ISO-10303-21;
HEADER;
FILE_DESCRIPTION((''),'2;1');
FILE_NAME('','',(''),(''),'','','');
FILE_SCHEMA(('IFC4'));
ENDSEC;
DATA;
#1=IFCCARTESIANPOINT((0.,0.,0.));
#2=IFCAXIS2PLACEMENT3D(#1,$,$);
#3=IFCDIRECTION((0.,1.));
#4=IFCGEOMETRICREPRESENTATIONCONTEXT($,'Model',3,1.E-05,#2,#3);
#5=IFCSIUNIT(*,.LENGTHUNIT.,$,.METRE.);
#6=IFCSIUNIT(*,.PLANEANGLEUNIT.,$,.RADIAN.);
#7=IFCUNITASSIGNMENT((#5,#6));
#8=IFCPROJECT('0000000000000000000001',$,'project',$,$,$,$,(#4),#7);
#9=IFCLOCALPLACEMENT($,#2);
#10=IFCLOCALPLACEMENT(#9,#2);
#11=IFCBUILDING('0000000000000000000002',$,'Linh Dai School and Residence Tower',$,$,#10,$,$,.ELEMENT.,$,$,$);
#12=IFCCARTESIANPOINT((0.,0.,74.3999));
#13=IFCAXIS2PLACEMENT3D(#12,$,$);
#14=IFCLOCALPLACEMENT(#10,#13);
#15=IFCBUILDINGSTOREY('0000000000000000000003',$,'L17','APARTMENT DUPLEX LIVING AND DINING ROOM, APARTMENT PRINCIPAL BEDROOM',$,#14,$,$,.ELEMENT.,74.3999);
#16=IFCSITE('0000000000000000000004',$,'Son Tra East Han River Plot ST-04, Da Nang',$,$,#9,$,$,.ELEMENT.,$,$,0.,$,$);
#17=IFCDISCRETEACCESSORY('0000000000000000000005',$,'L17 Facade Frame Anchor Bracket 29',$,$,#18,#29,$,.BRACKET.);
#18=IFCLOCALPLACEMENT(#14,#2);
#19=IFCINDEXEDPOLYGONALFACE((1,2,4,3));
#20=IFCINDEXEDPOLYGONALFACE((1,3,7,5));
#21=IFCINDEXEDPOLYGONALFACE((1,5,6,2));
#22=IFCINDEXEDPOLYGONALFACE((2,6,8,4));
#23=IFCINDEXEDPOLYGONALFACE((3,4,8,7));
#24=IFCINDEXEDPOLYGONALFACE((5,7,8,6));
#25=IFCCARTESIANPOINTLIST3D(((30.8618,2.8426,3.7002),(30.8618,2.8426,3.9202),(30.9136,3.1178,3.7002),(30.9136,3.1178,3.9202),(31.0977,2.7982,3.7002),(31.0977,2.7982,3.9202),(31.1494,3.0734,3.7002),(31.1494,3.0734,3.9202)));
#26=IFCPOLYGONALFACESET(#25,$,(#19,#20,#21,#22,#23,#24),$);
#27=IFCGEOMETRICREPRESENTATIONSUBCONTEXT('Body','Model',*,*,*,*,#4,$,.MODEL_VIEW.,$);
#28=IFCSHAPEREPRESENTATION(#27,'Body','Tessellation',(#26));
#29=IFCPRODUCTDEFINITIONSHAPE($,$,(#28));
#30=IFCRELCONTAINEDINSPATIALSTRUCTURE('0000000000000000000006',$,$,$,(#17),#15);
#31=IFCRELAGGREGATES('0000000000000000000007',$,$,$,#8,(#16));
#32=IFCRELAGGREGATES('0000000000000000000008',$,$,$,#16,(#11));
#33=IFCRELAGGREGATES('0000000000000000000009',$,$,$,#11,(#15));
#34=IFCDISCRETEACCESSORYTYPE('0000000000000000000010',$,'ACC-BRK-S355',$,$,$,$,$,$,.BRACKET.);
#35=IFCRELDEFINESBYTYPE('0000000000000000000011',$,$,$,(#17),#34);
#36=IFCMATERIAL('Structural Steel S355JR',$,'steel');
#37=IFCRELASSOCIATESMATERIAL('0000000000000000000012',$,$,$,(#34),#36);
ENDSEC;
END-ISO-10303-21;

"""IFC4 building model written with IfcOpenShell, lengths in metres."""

from ifc_helpers import new_model, si_unit, direction, frame, origin, origin_2d, place, context, subcontext, project, spatial, rectangle, extrude, source, transform, mapped, material, type_object, element, save


model = new_model("IFC4")

# Units and contexts
model_context = context("Model", 3, precision=1e-05, world=origin(), true_north=direction((0.0, 1.0)))
body_context = subcontext(model_context, "Body", "Model", "MODEL_VIEW")
ifc_project = project(units=[si_unit("LENGTHUNIT", "METRE"), si_unit("PLANEANGLEUNIT", "RADIAN")], contexts=[model_context])

# Site, building, storey
site_placement = place(None, origin())
site = spatial("IfcSite", under=ifc_project, at=site_placement, Name="Son Tra East Han River Plot ST-04, Da Nang", CompositionType="ELEMENT", RefElevation=0.0)
building_placement = place(site_placement, origin())
building = spatial("IfcBuilding", under=site, at=building_placement, Name="Linh Dai School and Residence Tower", CompositionType="ELEMENT")
storey_placement = place(building_placement, frame((0.0, 0.0, 74.3999)))
storey = spatial("IfcBuildingStorey", under=building, at=storey_placement, Name="L17", Description="APARTMENT DUPLEX LIVING AND DINING ROOM, APARTMENT PRINCIPAL BEDROOM", CompositionType="ELEMENT", Elevation=74.3999)

# Shared definitions
ifc_material_1 = material(Name="Structural Steel S355JR", Category="steel")

# Discrete accessory
discrete_accessory_type = type_object("IfcDiscreteAccessoryType", Name="ACC-BRK-S355", PredefinedType="BRACKET", material=ifc_material_1)
shared_shape_1 = source(origin(), body_context, "Body", "SweptSolid", [
    extrude(rectangle(XDim=0.28, YDim=0.24, at=origin_2d()), origin(), (0.0, 0.0, 1.0), 0.22),
])
discrete_accessory_placement = place(storey_placement, frame((31.0056, 2.958, 3.7002), z_axis=(0.0, 0.0, 1.0), x_axis=(-0.184748, -0.982786, 0.0)))
element("IfcDiscreteAccessory", 1, at=discrete_accessory_placement, inside=storey, type_object=discrete_accessory_type, Name="L17 Facade Frame Anchor Bracket 29", PredefinedType="BRACKET", context=body_context, shape_type="MappedRepresentation", body=[
    mapped(shared_shape_1, transform((0.0, 0.0, 0.0), x_axis=(1.0, 0.0, 0.0), y_axis=(0.0, 1.0, 0.0), z_axis=(0.0, 0.0, 1.0), scale=1.0)),
])

save(model, "model.ifc")
